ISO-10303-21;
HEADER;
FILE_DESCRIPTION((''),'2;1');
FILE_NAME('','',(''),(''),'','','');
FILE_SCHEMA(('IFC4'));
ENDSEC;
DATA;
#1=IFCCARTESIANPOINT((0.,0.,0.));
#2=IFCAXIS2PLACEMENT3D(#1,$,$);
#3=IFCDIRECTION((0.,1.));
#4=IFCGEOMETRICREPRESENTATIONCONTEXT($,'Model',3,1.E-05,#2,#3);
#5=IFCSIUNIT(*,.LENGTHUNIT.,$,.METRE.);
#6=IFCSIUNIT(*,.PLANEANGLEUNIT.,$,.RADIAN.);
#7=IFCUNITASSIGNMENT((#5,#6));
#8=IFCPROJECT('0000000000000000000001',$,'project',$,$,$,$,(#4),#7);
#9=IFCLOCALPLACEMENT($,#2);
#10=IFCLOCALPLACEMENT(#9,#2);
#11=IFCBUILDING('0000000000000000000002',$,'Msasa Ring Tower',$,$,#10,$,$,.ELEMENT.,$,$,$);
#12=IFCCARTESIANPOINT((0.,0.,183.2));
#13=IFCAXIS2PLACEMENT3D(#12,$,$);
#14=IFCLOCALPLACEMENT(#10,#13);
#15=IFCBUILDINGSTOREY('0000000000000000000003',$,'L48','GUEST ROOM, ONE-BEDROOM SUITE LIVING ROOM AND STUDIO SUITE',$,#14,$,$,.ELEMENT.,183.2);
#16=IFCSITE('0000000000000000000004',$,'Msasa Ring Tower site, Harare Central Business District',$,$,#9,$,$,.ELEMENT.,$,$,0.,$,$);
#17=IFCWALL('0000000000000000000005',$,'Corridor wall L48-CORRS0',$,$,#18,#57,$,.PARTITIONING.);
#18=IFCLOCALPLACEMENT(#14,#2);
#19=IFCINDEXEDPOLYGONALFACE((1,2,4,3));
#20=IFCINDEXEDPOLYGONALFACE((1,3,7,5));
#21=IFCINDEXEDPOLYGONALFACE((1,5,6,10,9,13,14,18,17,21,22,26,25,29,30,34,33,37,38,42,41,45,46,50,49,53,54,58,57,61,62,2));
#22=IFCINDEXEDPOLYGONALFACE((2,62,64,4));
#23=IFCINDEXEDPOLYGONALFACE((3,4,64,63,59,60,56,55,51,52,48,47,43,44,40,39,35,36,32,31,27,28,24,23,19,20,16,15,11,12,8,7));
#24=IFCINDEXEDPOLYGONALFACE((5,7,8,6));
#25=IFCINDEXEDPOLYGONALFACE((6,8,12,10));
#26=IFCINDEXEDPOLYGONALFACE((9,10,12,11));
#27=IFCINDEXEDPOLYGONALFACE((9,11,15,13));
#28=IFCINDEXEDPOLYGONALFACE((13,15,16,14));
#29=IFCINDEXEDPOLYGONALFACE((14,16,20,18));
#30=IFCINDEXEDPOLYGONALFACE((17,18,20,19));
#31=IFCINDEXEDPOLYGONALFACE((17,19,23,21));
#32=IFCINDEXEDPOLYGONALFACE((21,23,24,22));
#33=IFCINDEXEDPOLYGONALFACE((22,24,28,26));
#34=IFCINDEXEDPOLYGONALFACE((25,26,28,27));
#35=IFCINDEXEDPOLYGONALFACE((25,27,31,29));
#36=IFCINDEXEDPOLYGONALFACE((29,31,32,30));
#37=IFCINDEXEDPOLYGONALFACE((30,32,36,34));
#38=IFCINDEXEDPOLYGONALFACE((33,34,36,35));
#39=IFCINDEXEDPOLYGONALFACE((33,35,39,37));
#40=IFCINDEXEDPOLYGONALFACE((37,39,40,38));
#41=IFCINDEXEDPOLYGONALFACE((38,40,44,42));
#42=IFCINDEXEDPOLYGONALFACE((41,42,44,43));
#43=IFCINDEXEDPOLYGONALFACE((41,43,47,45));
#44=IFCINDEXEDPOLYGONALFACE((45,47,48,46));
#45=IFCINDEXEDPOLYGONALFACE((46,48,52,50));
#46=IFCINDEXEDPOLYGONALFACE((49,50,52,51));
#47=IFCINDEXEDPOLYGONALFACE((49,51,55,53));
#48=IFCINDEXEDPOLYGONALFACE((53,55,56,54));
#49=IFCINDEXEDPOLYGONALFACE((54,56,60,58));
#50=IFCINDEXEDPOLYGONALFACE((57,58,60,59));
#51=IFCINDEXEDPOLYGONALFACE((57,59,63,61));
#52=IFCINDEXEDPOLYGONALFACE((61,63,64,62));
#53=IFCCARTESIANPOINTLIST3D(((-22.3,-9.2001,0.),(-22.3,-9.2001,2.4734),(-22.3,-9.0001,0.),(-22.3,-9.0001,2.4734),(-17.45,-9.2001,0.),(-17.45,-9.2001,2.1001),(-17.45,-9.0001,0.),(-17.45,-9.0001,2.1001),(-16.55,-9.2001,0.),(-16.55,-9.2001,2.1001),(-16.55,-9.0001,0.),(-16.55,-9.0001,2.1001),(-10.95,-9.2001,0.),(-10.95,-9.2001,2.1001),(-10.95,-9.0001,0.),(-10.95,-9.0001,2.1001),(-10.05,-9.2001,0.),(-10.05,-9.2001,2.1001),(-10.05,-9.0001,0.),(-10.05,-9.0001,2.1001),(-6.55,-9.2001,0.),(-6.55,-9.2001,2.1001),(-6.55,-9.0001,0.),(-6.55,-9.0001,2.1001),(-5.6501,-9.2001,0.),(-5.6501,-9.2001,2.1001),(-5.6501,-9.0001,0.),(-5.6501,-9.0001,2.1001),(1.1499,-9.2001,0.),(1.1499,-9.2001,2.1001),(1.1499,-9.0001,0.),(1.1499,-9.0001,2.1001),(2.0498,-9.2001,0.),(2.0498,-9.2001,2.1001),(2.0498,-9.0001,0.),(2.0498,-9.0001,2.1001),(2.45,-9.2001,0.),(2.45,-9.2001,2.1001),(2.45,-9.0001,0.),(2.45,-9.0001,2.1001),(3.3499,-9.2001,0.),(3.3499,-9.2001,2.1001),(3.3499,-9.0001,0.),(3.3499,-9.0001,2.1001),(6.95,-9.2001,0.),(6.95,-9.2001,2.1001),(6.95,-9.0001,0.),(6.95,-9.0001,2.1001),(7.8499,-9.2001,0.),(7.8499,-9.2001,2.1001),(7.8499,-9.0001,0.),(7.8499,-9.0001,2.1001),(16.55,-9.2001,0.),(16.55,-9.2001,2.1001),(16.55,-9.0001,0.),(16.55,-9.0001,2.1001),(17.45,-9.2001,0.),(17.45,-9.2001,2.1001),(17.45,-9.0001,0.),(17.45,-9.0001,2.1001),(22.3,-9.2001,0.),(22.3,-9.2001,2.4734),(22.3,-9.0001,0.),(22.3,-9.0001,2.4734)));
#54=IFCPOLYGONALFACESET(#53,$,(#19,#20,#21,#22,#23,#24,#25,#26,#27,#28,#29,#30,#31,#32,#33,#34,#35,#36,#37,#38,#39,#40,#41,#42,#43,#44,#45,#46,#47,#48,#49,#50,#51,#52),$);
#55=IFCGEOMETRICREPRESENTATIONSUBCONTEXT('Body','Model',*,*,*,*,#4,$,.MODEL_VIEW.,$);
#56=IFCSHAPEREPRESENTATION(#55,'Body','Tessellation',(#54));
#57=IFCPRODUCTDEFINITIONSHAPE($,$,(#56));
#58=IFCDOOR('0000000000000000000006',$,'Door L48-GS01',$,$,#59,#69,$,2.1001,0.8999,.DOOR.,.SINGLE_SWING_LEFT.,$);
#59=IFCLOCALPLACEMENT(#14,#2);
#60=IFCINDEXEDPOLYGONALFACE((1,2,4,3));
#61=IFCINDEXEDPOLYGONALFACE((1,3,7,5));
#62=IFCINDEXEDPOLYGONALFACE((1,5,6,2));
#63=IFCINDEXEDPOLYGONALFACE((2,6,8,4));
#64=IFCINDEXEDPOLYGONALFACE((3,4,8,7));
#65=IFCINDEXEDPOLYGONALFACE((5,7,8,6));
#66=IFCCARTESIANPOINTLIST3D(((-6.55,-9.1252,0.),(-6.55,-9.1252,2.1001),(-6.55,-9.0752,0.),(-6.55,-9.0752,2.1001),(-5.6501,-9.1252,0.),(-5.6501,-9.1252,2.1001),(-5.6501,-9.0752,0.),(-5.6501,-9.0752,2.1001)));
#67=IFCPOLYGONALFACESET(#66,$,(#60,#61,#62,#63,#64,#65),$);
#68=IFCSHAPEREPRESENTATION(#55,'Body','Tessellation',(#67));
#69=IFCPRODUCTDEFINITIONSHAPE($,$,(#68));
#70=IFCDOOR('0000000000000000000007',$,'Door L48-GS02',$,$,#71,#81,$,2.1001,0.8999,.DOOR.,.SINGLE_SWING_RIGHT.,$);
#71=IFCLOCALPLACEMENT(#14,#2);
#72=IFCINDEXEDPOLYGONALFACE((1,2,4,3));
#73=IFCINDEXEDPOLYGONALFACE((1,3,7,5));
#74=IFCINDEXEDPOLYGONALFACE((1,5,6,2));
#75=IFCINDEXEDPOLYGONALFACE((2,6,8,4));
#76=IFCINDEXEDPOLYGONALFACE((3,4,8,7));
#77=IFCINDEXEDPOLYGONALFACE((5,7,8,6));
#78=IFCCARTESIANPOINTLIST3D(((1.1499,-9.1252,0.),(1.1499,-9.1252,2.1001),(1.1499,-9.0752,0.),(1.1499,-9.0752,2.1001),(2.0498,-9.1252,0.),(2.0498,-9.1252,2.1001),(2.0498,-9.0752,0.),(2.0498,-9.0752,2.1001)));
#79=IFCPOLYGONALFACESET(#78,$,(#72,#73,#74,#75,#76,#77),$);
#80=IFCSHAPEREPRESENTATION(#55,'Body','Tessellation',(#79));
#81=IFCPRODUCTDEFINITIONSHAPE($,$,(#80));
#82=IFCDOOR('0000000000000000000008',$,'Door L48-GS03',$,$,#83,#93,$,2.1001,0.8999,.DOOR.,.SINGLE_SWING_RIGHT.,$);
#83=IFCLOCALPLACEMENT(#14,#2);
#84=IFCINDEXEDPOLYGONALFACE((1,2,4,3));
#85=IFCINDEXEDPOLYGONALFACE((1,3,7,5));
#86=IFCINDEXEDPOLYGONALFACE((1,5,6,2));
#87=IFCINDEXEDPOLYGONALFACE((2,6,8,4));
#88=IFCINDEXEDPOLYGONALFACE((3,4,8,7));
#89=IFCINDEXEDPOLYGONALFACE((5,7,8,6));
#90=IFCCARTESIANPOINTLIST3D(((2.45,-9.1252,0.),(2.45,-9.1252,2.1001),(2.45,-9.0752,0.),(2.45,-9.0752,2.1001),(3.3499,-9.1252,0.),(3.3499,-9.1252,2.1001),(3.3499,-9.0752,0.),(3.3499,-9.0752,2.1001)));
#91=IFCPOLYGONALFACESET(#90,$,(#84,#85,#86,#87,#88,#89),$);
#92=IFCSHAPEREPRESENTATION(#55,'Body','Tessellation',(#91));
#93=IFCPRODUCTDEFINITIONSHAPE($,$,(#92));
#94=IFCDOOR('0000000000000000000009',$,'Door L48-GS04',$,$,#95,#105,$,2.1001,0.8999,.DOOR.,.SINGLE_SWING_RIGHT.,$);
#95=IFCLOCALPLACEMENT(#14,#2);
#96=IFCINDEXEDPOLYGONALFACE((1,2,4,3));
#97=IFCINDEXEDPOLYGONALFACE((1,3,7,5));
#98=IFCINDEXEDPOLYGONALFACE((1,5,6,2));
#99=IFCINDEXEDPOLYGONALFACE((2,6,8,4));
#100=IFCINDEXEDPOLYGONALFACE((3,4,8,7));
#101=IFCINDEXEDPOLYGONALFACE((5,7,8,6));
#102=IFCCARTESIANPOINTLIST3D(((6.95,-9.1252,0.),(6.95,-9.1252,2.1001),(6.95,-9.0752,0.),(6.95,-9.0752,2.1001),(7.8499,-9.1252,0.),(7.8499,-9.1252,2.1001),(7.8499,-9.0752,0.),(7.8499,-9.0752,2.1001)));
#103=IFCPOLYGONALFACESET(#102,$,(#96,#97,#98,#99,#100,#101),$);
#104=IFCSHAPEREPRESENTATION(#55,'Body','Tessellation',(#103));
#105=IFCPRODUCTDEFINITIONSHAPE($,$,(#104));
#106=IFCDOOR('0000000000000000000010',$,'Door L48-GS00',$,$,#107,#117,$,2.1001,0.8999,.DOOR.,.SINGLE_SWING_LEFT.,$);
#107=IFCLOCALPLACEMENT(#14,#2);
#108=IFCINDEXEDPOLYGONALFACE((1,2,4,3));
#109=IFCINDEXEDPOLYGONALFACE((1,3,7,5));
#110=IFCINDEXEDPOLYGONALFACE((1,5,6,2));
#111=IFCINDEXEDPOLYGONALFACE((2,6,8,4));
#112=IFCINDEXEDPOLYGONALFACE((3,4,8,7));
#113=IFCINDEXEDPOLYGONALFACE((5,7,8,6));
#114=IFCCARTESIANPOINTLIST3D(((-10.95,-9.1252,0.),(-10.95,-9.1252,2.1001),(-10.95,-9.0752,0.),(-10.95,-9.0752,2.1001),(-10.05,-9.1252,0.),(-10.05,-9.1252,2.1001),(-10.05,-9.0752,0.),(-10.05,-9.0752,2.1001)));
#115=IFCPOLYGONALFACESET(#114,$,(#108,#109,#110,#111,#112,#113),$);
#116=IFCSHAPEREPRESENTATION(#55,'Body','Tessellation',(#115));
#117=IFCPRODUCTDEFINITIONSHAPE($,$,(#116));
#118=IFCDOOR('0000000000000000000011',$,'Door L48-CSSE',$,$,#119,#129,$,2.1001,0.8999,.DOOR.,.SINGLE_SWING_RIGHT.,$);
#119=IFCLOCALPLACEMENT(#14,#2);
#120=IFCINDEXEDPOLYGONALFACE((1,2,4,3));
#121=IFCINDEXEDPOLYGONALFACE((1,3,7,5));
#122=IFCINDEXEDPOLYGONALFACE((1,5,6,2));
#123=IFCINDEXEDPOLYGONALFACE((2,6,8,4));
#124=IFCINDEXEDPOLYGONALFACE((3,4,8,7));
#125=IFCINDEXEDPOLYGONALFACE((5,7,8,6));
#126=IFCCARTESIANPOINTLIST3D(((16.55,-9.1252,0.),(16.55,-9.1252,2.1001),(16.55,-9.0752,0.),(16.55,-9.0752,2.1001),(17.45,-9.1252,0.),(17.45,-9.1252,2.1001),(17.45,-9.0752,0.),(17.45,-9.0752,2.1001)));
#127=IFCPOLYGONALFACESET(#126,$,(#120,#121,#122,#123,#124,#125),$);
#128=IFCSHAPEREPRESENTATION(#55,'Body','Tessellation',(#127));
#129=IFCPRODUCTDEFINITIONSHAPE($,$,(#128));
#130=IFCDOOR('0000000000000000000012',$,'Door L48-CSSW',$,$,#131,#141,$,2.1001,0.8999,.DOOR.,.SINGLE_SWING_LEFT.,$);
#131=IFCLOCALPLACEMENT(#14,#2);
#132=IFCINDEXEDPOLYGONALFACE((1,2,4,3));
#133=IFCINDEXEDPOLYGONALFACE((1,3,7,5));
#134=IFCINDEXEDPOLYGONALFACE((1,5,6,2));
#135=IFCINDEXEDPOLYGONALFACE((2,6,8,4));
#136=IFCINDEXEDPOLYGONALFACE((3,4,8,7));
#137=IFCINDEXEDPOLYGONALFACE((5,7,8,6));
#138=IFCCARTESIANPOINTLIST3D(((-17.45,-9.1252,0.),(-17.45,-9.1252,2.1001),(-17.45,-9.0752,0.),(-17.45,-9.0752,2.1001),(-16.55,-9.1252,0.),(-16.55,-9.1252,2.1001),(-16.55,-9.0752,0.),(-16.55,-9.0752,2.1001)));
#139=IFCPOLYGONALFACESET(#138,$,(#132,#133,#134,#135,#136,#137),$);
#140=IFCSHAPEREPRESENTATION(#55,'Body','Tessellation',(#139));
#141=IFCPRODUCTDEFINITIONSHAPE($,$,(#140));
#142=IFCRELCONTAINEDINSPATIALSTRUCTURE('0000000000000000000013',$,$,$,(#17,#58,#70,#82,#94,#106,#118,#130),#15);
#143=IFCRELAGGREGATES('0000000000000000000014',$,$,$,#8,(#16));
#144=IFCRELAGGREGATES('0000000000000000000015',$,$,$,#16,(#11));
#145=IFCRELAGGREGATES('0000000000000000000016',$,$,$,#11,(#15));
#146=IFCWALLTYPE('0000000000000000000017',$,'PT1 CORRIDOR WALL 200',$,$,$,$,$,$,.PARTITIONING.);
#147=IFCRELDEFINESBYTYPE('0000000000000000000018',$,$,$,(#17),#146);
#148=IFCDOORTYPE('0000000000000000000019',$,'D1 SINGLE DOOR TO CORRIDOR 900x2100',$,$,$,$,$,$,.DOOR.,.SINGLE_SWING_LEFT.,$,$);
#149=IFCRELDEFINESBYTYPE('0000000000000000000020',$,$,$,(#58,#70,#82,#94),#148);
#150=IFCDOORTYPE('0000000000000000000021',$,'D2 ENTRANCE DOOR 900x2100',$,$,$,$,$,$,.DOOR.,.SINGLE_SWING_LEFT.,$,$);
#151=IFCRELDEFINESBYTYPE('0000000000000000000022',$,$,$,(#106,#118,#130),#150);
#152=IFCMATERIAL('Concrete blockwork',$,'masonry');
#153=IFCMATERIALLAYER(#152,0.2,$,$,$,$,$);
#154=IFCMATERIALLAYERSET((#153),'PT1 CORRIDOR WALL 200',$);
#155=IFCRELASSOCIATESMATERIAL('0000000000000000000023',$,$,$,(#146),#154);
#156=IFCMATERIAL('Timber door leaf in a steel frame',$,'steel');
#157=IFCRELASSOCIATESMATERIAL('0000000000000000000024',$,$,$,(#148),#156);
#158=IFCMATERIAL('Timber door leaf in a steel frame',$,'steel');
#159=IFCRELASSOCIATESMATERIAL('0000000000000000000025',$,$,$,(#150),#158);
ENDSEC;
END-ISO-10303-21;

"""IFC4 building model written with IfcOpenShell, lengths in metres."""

from ifc_helpers import new_model, si_unit, direction, frame, frame_2d, origin, place, context, subcontext, project, spatial, rectangle, extrude, material, layer, layer_set, type_object, element, fill, save


model = new_model("IFC4")

# Units and contexts
model_context = context("Model", 3, precision=1e-05, world=origin(), true_north=direction((0.0, 1.0)))
body_context = subcontext(model_context, "Body", "Model", "MODEL_VIEW")
ifc_project = project(units=[si_unit("LENGTHUNIT", "METRE"), si_unit("PLANEANGLEUNIT", "RADIAN")], contexts=[model_context])

# Site, building, storey
site_placement = place(None, origin())
site = spatial("IfcSite", under=ifc_project, at=site_placement, Name="Msasa Ring Tower site, Harare Central Business District", CompositionType="ELEMENT", RefElevation=0.0)
building_placement = place(site_placement, origin())
building = spatial("IfcBuilding", under=site, at=building_placement, Name="Msasa Ring Tower", CompositionType="ELEMENT")
storey_placement = place(building_placement, frame((0.0, 0.0, 183.2)))
storey = spatial("IfcBuildingStorey", under=building, at=storey_placement, Name="L48", Description="GUEST ROOM, ONE-BEDROOM SUITE LIVING ROOM AND STUDIO SUITE", CompositionType="ELEMENT", Elevation=183.2)

# Wall, openings, doors
ifc_material_1 = material(Name="Concrete blockwork", Category="masonry")
ifc_layer_1 = layer(ifc_material_1, 0.2)
ifc_layer_set_1 = layer_set([ifc_layer_1], Name="PT1 CORRIDOR WALL 200")
wall_type_1 = type_object("IfcWallType", Name="PT1 CORRIDOR WALL 200", PredefinedType="PARTITIONING", material=ifc_layer_set_1)
wall_1_placement = place(storey_placement, frame((-22.3, -9.1001, 0.0), z_axis=(0.0, 0.0, 1.0), x_axis=(1.0, 0.0, 0.0)))
wall_1 = element("IfcWall", 1, at=wall_1_placement, inside=storey, type_object=wall_type_1, Name="Corridor wall L48-CORRS0", PredefinedType="PARTITIONING", context=body_context, shape_type="SweptSolid", body=[
    extrude(rectangle(XDim=44.6001, YDim=0.2, at=frame_2d((22.3, 0.0))), origin(), (0.0, 0.0, 1.0), 2.4734),
])
opening_1_placement = place(wall_1_placement, frame((11.3501, 0.0, 0.0)))
opening_1 = element("IfcOpeningElement", 2, at=opening_1_placement, cuts=wall_1, PredefinedType="OPENING", context=body_context, shape_type="SweptSolid", body=[
    extrude(rectangle(XDim=0.8999, YDim=2.1001, at=frame_2d((0.45, 1.05))), frame((0.0, 0.1099, 0.0), z_axis=(0.0, -1.0, 0.0), x_axis=(1.0, 0.0, 0.0)), (0.0, 0.0, 1.0), 0.22),
])
opening_2_placement = place(wall_1_placement, frame((15.75, 0.0, 0.0)))
opening_2 = element("IfcOpeningElement", 3, at=opening_2_placement, cuts=wall_1, PredefinedType="OPENING", context=body_context, shape_type="SweptSolid", body=[
    extrude(rectangle(XDim=0.8999, YDim=2.1001, at=frame_2d((0.45, 1.05))), frame((0.0, 0.1099, 0.0), z_axis=(0.0, -1.0, 0.0), x_axis=(1.0, 0.0, 0.0)), (0.0, 0.0, 1.0), 0.22),
])
opening_3_placement = place(wall_1_placement, frame((23.45, 0.0, 0.0)))
opening_3 = element("IfcOpeningElement", 4, at=opening_3_placement, cuts=wall_1, PredefinedType="OPENING", context=body_context, shape_type="SweptSolid", body=[
    extrude(rectangle(XDim=0.8999, YDim=2.1001, at=frame_2d((0.45, 1.05))), frame((0.0, 0.1099, 0.0), z_axis=(0.0, -1.0, 0.0), x_axis=(1.0, 0.0, 0.0)), (0.0, 0.0, 1.0), 0.22),
])
opening_4_placement = place(wall_1_placement, frame((24.75, 0.0, 0.0)))
opening_4 = element("IfcOpeningElement", 5, at=opening_4_placement, cuts=wall_1, PredefinedType="OPENING", context=body_context, shape_type="SweptSolid", body=[
    extrude(rectangle(XDim=0.8999, YDim=2.1001, at=frame_2d((0.45, 1.05))), frame((0.0, 0.1099, 0.0), z_axis=(0.0, -1.0, 0.0), x_axis=(1.0, 0.0, 0.0)), (0.0, 0.0, 1.0), 0.22),
])
opening_5_placement = place(wall_1_placement, frame((29.25, 0.0, 0.0)))
opening_5 = element("IfcOpeningElement", 6, at=opening_5_placement, cuts=wall_1, PredefinedType="OPENING", context=body_context, shape_type="SweptSolid", body=[
    extrude(rectangle(XDim=0.8999, YDim=2.1001, at=frame_2d((0.45, 1.05))), frame((0.0, 0.1099, 0.0), z_axis=(0.0, -1.0, 0.0), x_axis=(1.0, 0.0, 0.0)), (0.0, 0.0, 1.0), 0.22),
])
opening_6_placement = place(wall_1_placement, frame((38.8501, 0.0, 0.0)))
opening_6 = element("IfcOpeningElement", 7, at=opening_6_placement, cuts=wall_1, PredefinedType="OPENING", context=body_context, shape_type="SweptSolid", body=[
    extrude(rectangle(XDim=0.8999, YDim=2.1001, at=frame_2d((0.45, 1.05))), frame((0.0, 0.1099, 0.0), z_axis=(0.0, -1.0, 0.0), x_axis=(1.0, 0.0, 0.0)), (0.0, 0.0, 1.0), 0.22),
])
opening_7_placement = place(wall_1_placement, frame((4.8501, 0.0, 0.0)))
opening_7 = element("IfcOpeningElement", 8, at=opening_7_placement, cuts=wall_1, PredefinedType="OPENING", context=body_context, shape_type="SweptSolid", body=[
    extrude(rectangle(XDim=0.8999, YDim=2.1001, at=frame_2d((0.45, 1.05))), frame((0.0, 0.1099, 0.0), z_axis=(0.0, -1.0, 0.0), x_axis=(1.0, 0.0, 0.0)), (0.0, 0.0, 1.0), 0.22),
])
ifc_material_2 = material(Name="Timber door leaf in a steel frame", Category="steel")
door_type_1 = type_object("IfcDoorType", Name="D1 SINGLE DOOR TO CORRIDOR 900x2100", OperationType="SINGLE_SWING_LEFT", PredefinedType="DOOR", material=ifc_material_2)
door_1_placement = place(opening_2_placement, origin())
door_1 = element("IfcDoor", 9, at=door_1_placement, inside=storey, type_object=door_type_1, Name="Door L48-GS01", OperationType="SINGLE_SWING_LEFT", OverallHeight=2.1001, OverallWidth=0.8999, PredefinedType="DOOR", context=body_context, shape_type="SweptSolid", body=[
    extrude(rectangle(XDim=0.8999, YDim=2.1001, at=frame_2d((0.45, 1.05))), frame((0.0, 0.0249, 0.0), z_axis=(0.0, -1.0, 0.0), x_axis=(1.0, 0.0, 0.0)), (0.0, 0.0, 1.0), 0.05),
])
fill(opening_2, door_1)
door_2_placement = place(opening_3_placement, origin())
door_2 = element("IfcDoor", 10, at=door_2_placement, inside=storey, type_object=door_type_1, Name="Door L48-GS02", OperationType="SINGLE_SWING_RIGHT", OverallHeight=2.1001, OverallWidth=0.8999, PredefinedType="DOOR", context=body_context, shape_type="SweptSolid", body=[
    extrude(rectangle(XDim=0.8999, YDim=2.1001, at=frame_2d((0.45, 1.05))), frame((0.0, 0.0249, 0.0), z_axis=(0.0, -1.0, 0.0), x_axis=(1.0, 0.0, 0.0)), (0.0, 0.0, 1.0), 0.05),
])
fill(opening_3, door_2)
door_3_placement = place(opening_4_placement, origin())
door_3 = element("IfcDoor", 11, at=door_3_placement, inside=storey, type_object=door_type_1, Name="Door L48-GS03", OperationType="SINGLE_SWING_RIGHT", OverallHeight=2.1001, OverallWidth=0.8999, PredefinedType="DOOR", context=body_context, shape_type="SweptSolid", body=[
    extrude(rectangle(XDim=0.8999, YDim=2.1001, at=frame_2d((0.45, 1.05))), frame((0.0, 0.0249, 0.0), z_axis=(0.0, -1.0, 0.0), x_axis=(1.0, 0.0, 0.0)), (0.0, 0.0, 1.0), 0.05),
])
fill(opening_4, door_3)
door_4_placement = place(opening_5_placement, origin())
door_4 = element("IfcDoor", 12, at=door_4_placement, inside=storey, type_object=door_type_1, Name="Door L48-GS04", OperationType="SINGLE_SWING_RIGHT", OverallHeight=2.1001, OverallWidth=0.8999, PredefinedType="DOOR", context=body_context, shape_type="SweptSolid", body=[
    extrude(rectangle(XDim=0.8999, YDim=2.1001, at=frame_2d((0.45, 1.05))), frame((0.0, 0.0249, 0.0), z_axis=(0.0, -1.0, 0.0), x_axis=(1.0, 0.0, 0.0)), (0.0, 0.0, 1.0), 0.05),
])
fill(opening_5, door_4)
ifc_material_3 = material(Name="Timber door leaf in a steel frame", Category="steel")
door_type_2 = type_object("IfcDoorType", Name="D2 ENTRANCE DOOR 900x2100", OperationType="SINGLE_SWING_LEFT", PredefinedType="DOOR", material=ifc_material_3)
door_5_placement = place(opening_1_placement, origin())
door_5 = element("IfcDoor", 13, at=door_5_placement, inside=storey, type_object=door_type_2, Name="Door L48-GS00", OperationType="SINGLE_SWING_LEFT", OverallHeight=2.1001, OverallWidth=0.8999, PredefinedType="DOOR", context=body_context, shape_type="SweptSolid", body=[
    extrude(rectangle(XDim=0.8999, YDim=2.1001, at=frame_2d((0.45, 1.05))), frame((0.0, 0.0249, 0.0), z_axis=(0.0, -1.0, 0.0), x_axis=(1.0, 0.0, 0.0)), (0.0, 0.0, 1.0), 0.05),
])
fill(opening_1, door_5)
door_6_placement = place(opening_6_placement, origin())
door_6 = element("IfcDoor", 14, at=door_6_placement, inside=storey, type_object=door_type_2, Name="Door L48-CSSE", OperationType="SINGLE_SWING_RIGHT", OverallHeight=2.1001, OverallWidth=0.8999, PredefinedType="DOOR", context=body_context, shape_type="SweptSolid", body=[
    extrude(rectangle(XDim=0.8999, YDim=2.1001, at=frame_2d((0.45, 1.05))), frame((0.0, 0.0249, 0.0), z_axis=(0.0, -1.0, 0.0), x_axis=(1.0, 0.0, 0.0)), (0.0, 0.0, 1.0), 0.05),
])
fill(opening_6, door_6)
door_7_placement = place(opening_7_placement, origin())
door_7 = element("IfcDoor", 15, at=door_7_placement, inside=storey, type_object=door_type_2, Name="Door L48-CSSW", OperationType="SINGLE_SWING_LEFT", OverallHeight=2.1001, OverallWidth=0.8999, PredefinedType="DOOR", context=body_context, shape_type="SweptSolid", body=[
    extrude(rectangle(XDim=0.8999, YDim=2.1001, at=frame_2d((0.45, 1.05))), frame((0.0, 0.0249, 0.0), z_axis=(0.0, -1.0, 0.0), x_axis=(1.0, 0.0, 0.0)), (0.0, 0.0, 1.0), 0.05),
])
fill(opening_7, door_7)

save(model, "model.ifc")
